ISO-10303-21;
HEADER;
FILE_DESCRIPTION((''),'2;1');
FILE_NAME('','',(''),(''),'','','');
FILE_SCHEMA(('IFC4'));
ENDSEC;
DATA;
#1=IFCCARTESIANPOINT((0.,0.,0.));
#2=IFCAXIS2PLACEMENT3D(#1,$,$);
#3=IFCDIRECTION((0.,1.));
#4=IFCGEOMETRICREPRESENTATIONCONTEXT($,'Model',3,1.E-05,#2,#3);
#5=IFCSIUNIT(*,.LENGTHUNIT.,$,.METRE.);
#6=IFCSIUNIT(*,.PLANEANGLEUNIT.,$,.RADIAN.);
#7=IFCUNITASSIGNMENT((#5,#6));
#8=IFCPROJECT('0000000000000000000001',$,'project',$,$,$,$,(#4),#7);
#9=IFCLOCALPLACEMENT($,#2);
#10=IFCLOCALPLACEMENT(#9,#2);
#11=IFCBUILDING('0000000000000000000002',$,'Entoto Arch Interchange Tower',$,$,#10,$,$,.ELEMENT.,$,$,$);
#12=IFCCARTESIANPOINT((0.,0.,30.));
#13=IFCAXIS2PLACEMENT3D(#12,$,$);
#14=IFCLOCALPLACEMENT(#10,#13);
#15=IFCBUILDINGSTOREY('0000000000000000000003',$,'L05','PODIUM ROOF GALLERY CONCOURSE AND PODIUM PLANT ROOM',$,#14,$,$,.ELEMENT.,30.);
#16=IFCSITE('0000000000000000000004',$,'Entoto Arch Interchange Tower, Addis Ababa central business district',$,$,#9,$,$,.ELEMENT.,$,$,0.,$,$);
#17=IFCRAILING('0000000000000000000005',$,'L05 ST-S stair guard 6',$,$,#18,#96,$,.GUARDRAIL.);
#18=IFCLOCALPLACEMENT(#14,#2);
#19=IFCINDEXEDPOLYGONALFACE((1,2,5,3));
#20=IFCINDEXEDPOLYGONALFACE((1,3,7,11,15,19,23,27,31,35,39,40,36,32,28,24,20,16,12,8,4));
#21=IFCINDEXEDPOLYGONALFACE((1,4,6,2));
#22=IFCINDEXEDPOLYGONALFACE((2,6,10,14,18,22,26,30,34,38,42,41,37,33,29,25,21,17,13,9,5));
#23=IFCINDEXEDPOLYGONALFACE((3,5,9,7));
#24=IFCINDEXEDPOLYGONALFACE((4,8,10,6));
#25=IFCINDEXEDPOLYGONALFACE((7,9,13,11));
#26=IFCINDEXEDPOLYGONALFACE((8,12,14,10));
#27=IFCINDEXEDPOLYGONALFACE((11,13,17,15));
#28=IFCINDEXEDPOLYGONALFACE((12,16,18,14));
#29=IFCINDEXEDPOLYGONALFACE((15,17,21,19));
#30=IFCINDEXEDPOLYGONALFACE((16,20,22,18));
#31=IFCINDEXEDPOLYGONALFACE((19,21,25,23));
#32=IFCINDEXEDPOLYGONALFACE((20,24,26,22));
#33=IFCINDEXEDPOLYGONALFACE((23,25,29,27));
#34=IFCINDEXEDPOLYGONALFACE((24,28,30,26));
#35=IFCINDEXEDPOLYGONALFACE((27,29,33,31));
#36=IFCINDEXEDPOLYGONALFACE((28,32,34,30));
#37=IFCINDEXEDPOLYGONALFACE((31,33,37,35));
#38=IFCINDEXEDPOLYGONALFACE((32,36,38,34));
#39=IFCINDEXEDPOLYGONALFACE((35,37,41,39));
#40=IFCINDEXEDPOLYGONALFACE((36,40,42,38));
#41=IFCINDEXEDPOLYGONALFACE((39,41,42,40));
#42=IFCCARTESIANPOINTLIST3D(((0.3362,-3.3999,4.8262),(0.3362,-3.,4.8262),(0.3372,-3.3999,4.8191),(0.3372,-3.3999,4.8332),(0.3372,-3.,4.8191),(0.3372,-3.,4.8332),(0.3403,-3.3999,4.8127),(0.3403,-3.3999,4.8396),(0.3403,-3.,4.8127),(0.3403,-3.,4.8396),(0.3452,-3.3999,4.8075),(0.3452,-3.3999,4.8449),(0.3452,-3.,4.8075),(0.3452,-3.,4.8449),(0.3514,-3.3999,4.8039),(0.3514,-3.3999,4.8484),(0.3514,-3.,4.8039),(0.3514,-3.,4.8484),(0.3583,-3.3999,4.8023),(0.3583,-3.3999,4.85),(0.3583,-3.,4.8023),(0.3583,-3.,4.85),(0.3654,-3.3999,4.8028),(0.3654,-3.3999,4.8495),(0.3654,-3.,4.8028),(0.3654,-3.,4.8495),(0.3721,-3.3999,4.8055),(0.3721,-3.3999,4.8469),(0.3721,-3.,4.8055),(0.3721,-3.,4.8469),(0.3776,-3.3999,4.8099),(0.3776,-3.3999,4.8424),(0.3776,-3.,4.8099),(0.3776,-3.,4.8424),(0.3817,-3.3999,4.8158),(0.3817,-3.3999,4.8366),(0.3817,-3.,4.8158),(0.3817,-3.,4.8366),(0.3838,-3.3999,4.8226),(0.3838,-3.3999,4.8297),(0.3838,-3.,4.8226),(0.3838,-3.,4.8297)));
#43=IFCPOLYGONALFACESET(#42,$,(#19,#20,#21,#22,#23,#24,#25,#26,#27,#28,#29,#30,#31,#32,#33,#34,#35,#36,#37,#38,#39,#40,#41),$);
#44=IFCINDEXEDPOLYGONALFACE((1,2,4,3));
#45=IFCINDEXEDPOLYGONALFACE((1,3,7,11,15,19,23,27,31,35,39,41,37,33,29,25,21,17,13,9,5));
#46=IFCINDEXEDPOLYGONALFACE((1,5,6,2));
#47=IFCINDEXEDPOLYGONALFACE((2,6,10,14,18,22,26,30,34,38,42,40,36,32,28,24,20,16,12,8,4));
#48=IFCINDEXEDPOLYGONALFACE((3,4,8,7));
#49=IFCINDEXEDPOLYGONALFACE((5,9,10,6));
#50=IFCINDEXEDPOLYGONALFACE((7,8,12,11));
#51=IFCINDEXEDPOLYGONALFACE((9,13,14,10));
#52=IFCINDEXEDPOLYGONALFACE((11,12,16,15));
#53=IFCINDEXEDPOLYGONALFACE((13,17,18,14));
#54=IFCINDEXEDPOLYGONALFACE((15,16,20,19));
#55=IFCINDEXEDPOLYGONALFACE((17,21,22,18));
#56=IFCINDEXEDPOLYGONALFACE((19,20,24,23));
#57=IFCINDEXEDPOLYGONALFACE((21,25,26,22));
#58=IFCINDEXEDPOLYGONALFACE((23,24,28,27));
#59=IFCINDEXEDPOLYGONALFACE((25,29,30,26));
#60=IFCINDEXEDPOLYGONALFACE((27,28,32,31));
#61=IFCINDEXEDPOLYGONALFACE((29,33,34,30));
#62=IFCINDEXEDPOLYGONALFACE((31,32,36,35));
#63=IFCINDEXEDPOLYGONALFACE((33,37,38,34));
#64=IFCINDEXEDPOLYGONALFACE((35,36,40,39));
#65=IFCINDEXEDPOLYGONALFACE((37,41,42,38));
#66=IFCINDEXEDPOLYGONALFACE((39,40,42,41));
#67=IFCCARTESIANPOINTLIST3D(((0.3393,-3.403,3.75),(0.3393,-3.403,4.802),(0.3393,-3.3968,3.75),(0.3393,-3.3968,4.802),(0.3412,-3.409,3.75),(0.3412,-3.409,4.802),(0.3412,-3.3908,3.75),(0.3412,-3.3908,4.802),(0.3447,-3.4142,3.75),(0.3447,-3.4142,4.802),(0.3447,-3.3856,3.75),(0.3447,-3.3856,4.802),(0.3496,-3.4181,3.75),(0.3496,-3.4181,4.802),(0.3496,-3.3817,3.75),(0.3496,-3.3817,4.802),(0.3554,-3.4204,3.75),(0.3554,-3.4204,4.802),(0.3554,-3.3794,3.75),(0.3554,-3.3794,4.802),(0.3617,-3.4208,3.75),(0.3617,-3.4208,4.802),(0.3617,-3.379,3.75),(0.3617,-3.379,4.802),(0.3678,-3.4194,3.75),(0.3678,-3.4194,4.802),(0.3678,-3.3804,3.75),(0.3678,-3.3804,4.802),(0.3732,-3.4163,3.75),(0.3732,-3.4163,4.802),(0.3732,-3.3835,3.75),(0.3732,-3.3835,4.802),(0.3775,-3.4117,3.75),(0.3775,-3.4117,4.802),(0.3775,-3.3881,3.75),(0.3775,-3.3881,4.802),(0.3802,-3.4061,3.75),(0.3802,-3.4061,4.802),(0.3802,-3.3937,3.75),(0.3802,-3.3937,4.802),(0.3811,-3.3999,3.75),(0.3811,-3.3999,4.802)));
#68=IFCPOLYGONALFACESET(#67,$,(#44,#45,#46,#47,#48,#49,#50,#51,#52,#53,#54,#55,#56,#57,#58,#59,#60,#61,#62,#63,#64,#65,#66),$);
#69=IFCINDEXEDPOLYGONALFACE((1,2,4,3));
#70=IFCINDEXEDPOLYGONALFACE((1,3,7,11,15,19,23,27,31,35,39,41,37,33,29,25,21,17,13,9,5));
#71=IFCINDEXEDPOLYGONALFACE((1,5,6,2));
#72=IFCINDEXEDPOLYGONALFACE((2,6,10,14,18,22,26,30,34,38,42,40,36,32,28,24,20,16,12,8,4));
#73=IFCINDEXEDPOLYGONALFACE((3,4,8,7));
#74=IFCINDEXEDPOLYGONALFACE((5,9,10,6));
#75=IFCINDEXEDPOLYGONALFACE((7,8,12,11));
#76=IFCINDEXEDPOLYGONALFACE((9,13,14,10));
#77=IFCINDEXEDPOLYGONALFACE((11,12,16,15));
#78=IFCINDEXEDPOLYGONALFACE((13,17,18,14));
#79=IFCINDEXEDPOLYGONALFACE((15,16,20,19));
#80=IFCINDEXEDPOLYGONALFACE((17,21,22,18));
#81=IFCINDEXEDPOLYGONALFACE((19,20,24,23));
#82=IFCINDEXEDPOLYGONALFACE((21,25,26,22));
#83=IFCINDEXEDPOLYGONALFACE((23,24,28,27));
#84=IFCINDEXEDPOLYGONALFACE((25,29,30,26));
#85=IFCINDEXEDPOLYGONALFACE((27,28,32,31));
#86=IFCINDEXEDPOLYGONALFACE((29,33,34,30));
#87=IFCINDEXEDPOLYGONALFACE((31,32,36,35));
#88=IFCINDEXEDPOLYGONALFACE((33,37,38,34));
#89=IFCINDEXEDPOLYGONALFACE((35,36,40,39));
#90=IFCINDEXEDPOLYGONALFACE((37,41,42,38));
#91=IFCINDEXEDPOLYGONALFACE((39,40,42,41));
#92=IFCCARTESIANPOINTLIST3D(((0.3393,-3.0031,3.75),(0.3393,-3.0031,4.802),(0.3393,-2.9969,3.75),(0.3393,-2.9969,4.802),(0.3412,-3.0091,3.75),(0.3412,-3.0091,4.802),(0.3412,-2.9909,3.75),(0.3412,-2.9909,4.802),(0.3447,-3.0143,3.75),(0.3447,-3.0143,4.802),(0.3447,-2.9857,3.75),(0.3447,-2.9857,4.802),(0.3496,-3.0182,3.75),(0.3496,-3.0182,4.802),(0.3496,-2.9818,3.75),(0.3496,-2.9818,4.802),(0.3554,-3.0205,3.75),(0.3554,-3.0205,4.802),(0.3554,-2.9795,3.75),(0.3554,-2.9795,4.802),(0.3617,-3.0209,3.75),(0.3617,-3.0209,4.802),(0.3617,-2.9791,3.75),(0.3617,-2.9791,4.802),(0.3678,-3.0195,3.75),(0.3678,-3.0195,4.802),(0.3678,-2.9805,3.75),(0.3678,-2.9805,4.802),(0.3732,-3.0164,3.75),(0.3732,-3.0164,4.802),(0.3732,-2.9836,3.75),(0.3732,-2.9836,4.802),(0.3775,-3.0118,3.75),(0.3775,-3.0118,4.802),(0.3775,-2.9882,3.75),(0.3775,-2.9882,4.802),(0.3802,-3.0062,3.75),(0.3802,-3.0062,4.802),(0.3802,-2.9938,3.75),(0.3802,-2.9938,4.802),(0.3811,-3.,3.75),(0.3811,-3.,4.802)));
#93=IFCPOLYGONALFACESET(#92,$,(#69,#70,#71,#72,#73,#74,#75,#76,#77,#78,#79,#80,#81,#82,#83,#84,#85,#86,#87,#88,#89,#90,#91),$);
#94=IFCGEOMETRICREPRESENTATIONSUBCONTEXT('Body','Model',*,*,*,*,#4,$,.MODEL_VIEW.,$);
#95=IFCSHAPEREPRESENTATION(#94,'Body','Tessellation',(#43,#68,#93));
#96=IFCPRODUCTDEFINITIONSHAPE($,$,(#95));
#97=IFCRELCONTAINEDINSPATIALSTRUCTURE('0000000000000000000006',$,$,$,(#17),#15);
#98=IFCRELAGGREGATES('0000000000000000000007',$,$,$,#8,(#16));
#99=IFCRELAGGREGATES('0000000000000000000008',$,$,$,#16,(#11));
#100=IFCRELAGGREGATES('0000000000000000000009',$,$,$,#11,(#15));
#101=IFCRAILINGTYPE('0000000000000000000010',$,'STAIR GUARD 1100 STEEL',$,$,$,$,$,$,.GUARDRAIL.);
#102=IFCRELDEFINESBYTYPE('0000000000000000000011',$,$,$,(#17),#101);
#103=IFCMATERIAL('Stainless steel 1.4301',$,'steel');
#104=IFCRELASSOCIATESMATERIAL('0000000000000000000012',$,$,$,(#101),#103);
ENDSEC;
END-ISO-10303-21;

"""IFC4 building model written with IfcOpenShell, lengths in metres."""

from ifc_helpers import new_model, si_unit, direction, frame, origin, origin_2d, place, context, subcontext, project, spatial, circle, extrude, material, type_object, element, save


model = new_model("IFC4")

# Units and contexts
model_context = context("Model", 3, precision=1e-05, world=origin(), true_north=direction((0.0, 1.0)))
body_context = subcontext(model_context, "Body", "Model", "MODEL_VIEW")
ifc_project = project(units=[si_unit("LENGTHUNIT", "METRE"), si_unit("PLANEANGLEUNIT", "RADIAN")], contexts=[model_context])

# Site, building, storey
site_placement = place(None, origin())
site = spatial("IfcSite", under=ifc_project, at=site_placement, Name="Entoto Arch Interchange Tower, Addis Ababa central business district", CompositionType="ELEMENT", RefElevation=0.0)
building_placement = place(site_placement, origin())
building = spatial("IfcBuilding", under=site, at=building_placement, Name="Entoto Arch Interchange Tower", CompositionType="ELEMENT")
storey_placement = place(building_placement, frame((0.0, 0.0, 30.0)))
storey = spatial("IfcBuildingStorey", under=building, at=storey_placement, Name="L05", Description="PODIUM ROOF GALLERY CONCOURSE AND PODIUM PLANT ROOM", CompositionType="ELEMENT", Elevation=30.0)

# Railing
ifc_material_1 = material(Name="Stainless steel 1.4301", Category="steel")
railing_type = type_object("IfcRailingType", Name="STAIR GUARD 1100 STEEL", PredefinedType="GUARDRAIL", material=ifc_material_1)
railing_1_placement = place(storey_placement, frame((0.3601, -3.3999, 3.75)))
element("IfcRailing", 1, at=railing_1_placement, inside=storey, type_object=railing_type, Name="L05 ST-S stair guard 6", PredefinedType="GUARDRAIL", context=body_context, shape_type="SweptSolid", body=[
    extrude(circle(Radius=0.0239, at=origin_2d()), frame((0.0, 0.0, 1.0762), z_axis=(0.0, 1.0, 0.0), x_axis=(-1.0, 0.0, 0.0)), (0.0, 0.0, 1.0), 0.3999),
    extrude(circle(Radius=0.021, at=origin_2d()), origin(), (0.0, 0.0, 1.0), 1.052),
    extrude(circle(Radius=0.021, at=origin_2d()), frame((0.0, 0.3999, 0.0)), (0.0, 0.0, 1.0), 1.052),
])

save(model, "model.ifc")
